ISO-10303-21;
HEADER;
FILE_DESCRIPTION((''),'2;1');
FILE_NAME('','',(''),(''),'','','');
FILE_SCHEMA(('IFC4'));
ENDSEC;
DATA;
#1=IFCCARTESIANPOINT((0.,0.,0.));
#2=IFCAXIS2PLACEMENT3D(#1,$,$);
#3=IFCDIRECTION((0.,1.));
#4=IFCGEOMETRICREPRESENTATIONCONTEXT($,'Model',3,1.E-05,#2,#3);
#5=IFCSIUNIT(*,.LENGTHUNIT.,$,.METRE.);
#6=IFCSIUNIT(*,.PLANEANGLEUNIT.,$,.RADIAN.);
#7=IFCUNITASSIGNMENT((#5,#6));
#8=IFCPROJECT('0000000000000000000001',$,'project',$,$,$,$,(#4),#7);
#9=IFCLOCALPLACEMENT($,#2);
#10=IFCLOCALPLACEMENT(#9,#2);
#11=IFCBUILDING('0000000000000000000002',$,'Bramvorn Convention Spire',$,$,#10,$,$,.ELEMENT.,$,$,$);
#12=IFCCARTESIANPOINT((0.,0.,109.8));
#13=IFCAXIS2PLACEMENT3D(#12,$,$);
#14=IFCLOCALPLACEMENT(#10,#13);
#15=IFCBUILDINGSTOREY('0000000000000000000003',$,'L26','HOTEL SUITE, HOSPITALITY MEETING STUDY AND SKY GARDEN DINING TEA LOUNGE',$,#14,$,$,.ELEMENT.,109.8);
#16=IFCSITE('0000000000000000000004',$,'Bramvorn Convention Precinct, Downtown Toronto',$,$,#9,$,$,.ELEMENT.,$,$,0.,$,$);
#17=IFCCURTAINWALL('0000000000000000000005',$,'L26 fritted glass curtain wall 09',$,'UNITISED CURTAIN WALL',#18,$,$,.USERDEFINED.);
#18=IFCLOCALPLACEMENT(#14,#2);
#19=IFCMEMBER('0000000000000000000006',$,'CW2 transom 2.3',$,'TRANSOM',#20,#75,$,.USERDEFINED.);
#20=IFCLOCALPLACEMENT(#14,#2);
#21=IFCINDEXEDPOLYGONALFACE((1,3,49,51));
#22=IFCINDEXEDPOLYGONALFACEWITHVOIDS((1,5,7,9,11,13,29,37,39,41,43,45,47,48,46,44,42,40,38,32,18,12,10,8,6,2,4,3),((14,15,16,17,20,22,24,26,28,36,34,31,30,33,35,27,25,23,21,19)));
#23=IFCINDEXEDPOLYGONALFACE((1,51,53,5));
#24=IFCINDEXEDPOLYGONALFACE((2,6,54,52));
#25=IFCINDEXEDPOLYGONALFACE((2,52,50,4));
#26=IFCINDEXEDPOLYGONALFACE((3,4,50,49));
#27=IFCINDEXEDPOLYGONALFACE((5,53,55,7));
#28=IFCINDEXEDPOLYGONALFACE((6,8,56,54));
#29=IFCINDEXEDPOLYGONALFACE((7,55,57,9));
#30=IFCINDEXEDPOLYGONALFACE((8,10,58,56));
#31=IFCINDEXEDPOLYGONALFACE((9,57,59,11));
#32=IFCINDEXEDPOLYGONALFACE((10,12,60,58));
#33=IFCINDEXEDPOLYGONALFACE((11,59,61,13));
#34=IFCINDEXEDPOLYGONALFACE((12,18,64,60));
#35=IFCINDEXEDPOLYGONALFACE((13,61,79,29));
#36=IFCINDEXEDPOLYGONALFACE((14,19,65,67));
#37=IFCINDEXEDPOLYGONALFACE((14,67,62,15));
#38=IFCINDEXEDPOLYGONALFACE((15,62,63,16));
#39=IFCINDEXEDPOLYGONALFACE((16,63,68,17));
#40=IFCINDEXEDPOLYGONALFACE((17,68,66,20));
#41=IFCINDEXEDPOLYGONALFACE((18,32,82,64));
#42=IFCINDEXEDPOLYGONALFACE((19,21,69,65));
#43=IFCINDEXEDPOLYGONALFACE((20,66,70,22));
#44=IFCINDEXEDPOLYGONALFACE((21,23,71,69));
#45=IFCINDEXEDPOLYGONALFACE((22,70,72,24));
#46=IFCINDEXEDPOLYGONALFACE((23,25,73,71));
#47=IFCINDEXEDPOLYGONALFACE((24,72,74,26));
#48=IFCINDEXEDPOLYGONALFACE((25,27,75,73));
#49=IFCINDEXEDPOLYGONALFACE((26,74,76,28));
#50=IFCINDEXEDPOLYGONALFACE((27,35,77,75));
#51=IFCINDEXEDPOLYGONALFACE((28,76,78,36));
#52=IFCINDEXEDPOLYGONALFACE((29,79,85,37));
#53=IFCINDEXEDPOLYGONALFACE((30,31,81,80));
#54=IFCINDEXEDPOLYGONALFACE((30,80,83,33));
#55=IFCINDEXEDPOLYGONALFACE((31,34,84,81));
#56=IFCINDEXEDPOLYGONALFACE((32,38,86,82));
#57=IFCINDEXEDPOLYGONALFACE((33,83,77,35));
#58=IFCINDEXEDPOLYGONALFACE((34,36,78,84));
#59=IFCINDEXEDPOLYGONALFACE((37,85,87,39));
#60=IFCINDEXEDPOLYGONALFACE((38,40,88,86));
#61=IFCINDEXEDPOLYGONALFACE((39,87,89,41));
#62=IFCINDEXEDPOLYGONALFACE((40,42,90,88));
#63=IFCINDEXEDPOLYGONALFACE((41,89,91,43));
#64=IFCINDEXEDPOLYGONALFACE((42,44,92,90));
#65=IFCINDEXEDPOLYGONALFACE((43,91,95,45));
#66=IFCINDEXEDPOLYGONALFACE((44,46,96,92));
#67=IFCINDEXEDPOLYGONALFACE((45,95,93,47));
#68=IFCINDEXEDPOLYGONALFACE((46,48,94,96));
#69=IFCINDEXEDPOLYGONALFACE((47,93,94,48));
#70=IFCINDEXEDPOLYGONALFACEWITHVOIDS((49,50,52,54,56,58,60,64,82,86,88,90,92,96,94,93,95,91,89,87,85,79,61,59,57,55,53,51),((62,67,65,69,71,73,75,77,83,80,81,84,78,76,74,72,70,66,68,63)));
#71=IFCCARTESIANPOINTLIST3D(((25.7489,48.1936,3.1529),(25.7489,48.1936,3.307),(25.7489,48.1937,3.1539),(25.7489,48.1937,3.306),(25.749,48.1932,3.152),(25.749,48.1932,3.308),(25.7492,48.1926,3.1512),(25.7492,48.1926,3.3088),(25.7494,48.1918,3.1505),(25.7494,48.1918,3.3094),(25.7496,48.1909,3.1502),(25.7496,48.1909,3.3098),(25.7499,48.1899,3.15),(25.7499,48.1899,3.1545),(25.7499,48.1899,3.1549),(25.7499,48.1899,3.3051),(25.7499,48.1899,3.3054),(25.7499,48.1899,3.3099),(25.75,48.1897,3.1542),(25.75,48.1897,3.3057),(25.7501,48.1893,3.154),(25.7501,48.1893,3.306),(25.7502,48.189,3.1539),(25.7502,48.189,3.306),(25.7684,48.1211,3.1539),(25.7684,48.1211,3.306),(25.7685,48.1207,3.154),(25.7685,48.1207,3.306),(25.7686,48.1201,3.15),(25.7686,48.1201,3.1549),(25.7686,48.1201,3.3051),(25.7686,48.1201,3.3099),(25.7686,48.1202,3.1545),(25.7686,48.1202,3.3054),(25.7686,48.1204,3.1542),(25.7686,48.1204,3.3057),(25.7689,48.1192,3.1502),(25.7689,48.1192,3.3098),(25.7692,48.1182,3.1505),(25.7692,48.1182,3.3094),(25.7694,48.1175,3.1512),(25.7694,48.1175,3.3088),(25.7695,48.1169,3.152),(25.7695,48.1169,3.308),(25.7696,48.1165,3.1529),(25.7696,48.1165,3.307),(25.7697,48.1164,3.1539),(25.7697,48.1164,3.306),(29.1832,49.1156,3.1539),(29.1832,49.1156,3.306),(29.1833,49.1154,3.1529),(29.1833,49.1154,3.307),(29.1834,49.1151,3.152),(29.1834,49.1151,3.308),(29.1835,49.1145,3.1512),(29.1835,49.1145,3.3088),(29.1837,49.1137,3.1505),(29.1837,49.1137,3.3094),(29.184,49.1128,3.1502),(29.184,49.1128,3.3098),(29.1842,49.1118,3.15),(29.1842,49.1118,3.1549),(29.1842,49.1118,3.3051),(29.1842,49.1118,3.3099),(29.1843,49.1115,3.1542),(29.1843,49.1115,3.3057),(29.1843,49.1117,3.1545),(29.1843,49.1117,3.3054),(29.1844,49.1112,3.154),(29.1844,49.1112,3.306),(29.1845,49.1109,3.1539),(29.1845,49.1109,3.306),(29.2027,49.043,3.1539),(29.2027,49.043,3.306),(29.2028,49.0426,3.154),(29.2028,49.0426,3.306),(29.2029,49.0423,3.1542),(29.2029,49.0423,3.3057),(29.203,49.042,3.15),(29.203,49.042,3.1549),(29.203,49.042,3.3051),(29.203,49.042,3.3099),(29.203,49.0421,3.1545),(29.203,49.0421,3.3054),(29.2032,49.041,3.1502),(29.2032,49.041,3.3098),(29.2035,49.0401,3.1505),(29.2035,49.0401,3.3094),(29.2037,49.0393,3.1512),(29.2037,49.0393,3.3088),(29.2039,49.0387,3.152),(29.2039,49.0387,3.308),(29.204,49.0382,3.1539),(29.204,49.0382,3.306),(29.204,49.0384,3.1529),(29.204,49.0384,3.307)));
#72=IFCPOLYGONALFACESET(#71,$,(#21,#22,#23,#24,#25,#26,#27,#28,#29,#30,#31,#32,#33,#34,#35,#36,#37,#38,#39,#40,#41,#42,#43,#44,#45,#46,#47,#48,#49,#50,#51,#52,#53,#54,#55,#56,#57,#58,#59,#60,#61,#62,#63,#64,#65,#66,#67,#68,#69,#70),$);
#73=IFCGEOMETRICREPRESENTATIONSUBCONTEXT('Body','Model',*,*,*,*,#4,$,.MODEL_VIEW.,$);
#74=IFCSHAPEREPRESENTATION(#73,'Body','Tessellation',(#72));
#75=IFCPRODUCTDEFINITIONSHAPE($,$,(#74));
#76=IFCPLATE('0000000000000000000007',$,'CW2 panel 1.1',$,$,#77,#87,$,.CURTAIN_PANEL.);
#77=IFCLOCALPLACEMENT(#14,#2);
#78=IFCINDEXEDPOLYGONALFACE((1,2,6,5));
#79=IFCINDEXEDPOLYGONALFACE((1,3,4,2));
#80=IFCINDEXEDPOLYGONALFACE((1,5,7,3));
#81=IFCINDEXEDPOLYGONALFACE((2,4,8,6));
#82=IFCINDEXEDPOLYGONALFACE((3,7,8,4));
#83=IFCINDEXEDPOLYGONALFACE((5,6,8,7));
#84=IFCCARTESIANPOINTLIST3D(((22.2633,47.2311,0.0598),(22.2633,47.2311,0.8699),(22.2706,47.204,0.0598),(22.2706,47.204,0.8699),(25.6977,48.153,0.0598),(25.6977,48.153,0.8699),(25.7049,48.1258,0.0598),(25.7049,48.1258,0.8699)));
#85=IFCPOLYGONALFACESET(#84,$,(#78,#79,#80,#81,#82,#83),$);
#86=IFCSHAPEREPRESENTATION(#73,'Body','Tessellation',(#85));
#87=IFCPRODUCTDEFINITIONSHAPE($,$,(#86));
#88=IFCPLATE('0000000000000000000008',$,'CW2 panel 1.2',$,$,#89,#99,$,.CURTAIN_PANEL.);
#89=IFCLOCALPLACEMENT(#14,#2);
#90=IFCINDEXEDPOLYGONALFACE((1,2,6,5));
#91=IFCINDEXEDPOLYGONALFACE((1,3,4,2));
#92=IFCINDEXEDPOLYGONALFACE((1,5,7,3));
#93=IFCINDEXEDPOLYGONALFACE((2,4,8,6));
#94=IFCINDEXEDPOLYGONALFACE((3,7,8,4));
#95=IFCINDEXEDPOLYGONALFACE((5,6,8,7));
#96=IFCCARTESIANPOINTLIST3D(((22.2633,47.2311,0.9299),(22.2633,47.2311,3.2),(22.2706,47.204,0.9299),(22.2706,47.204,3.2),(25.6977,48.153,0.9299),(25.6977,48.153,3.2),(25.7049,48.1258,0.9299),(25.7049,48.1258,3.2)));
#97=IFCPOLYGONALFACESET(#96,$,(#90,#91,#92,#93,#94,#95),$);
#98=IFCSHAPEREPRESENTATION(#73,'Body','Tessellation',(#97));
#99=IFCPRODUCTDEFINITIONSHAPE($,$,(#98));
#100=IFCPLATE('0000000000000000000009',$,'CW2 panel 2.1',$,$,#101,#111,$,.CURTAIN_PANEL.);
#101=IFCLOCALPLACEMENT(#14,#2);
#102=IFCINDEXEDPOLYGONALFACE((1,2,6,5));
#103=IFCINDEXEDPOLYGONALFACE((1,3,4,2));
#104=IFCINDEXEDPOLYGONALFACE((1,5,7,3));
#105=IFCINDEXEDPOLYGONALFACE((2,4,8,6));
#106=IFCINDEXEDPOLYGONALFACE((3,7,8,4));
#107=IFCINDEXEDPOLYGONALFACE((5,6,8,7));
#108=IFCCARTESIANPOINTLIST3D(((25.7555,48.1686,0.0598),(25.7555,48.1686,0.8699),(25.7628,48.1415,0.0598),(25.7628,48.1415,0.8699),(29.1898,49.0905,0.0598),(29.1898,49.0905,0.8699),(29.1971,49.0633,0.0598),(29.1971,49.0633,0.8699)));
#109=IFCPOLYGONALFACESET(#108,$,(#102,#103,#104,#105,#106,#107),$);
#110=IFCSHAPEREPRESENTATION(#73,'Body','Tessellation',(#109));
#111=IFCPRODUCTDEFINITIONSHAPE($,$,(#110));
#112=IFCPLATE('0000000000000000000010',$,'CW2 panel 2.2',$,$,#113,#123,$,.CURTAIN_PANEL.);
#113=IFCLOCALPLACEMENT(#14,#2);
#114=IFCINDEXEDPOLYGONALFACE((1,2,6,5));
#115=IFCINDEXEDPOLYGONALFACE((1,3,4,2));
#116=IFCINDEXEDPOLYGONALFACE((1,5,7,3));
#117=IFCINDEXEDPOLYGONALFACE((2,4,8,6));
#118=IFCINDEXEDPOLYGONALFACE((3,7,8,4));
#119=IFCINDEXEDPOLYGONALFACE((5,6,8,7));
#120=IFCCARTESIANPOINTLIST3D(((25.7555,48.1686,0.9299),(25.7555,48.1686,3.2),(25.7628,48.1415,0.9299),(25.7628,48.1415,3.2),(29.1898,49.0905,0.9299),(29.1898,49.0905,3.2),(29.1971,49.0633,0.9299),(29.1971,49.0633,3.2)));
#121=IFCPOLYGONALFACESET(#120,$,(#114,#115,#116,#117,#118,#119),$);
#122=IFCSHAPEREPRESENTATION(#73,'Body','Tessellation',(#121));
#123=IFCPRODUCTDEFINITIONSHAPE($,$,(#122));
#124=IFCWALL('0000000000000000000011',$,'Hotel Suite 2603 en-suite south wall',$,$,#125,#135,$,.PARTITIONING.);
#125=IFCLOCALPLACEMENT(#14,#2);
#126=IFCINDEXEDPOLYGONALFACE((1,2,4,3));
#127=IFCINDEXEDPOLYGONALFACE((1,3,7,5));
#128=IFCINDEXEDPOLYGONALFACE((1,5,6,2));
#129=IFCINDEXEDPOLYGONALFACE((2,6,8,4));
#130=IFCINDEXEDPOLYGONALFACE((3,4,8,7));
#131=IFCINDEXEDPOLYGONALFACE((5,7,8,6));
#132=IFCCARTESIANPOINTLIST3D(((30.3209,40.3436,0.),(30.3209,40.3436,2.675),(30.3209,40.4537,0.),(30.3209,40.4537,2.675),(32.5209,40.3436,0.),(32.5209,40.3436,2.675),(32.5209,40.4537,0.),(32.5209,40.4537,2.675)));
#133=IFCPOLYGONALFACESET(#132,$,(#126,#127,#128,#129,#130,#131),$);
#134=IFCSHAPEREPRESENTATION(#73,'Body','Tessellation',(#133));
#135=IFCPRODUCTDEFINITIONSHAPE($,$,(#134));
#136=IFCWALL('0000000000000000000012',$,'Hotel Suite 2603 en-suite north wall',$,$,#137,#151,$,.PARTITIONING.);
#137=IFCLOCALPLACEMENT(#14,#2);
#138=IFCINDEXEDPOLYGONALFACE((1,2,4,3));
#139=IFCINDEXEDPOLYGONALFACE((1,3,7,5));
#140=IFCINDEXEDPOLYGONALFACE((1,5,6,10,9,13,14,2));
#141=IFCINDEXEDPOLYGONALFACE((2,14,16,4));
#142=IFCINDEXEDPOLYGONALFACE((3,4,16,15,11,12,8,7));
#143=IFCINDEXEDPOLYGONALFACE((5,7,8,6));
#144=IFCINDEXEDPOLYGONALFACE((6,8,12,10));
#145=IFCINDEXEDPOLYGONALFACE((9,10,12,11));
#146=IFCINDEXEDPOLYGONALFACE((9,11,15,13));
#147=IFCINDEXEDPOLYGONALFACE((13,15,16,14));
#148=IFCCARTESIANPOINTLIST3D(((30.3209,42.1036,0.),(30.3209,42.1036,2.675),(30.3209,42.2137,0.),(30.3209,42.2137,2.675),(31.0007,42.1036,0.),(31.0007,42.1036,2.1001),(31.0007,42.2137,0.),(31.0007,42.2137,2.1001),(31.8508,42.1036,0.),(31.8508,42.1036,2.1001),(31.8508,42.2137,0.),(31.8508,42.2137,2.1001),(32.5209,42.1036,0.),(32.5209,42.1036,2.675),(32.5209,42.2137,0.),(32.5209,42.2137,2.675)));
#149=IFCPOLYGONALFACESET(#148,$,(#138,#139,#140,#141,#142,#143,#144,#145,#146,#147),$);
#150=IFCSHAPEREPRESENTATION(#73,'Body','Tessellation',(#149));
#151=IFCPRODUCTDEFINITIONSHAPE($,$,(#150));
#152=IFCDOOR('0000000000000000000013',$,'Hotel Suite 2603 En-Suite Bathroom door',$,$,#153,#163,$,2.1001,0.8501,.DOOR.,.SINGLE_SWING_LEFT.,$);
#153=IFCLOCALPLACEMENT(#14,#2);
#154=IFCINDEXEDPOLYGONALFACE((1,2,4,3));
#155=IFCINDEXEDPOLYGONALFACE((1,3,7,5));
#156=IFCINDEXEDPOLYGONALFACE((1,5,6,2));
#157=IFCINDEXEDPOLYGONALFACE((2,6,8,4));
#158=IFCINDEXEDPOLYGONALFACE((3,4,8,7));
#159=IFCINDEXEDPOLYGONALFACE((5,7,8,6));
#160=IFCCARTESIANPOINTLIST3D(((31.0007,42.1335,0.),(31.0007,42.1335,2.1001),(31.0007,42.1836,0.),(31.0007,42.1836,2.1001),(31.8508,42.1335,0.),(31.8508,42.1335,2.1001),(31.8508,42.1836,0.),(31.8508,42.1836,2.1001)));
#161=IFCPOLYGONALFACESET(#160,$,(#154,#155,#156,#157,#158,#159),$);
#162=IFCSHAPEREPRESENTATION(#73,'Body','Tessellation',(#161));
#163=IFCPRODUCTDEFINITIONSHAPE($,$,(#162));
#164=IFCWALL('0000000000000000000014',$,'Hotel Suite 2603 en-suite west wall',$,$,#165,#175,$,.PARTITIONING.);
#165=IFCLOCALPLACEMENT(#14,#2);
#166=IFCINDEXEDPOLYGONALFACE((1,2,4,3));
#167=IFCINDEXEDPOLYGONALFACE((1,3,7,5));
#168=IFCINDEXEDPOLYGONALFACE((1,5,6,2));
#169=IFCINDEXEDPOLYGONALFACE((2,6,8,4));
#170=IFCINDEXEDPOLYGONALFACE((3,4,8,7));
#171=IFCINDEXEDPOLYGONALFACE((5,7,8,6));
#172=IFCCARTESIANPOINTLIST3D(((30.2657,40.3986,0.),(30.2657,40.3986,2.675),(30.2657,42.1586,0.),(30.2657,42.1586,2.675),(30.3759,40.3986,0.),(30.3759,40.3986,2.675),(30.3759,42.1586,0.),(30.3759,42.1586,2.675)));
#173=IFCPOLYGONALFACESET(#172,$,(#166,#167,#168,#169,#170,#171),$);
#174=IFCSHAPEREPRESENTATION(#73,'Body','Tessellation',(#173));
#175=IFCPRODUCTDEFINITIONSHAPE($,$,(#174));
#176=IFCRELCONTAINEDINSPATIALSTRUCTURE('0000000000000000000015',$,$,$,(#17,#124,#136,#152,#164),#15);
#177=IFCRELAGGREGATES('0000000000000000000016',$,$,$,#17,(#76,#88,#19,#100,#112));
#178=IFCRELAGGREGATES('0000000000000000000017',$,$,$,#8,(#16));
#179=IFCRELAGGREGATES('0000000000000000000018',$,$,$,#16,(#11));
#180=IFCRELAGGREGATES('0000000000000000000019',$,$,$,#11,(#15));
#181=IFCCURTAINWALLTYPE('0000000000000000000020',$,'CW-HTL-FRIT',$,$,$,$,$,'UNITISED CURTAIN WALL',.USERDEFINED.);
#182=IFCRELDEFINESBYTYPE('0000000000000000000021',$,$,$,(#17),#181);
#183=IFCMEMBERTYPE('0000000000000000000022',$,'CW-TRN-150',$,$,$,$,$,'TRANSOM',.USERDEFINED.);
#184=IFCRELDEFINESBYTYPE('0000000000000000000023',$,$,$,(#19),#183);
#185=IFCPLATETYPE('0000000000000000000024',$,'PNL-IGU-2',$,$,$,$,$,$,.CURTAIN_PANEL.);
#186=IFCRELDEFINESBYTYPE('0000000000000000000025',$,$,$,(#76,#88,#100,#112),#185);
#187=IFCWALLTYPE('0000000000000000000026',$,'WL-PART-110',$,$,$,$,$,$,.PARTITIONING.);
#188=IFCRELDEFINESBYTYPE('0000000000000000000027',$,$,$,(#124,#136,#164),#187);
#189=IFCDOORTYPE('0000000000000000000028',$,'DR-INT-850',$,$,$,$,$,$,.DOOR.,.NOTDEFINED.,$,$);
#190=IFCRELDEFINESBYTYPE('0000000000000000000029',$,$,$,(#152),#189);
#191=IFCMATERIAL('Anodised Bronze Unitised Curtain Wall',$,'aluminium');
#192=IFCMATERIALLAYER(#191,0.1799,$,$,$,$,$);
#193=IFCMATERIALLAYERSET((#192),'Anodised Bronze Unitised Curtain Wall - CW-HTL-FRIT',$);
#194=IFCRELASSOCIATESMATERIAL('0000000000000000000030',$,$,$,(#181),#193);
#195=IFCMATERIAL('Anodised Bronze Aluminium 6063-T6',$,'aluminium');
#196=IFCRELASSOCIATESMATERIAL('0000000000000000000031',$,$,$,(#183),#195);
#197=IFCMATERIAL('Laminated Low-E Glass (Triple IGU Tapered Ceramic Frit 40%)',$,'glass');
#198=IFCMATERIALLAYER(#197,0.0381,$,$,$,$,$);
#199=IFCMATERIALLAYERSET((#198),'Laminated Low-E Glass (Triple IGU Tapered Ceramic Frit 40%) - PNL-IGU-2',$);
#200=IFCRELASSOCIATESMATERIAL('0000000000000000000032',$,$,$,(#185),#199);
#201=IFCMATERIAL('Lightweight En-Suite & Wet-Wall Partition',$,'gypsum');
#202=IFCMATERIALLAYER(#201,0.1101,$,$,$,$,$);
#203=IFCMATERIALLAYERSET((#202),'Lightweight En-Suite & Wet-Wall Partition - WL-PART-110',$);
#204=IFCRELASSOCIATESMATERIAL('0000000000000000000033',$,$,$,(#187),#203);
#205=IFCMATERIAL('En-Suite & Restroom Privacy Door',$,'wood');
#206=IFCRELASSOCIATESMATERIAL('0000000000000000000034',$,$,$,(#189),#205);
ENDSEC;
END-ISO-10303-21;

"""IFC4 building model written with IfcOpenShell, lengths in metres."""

from ifc_helpers import new_model, si_unit, direction, frame, frame_2d, origin, origin_2d, place, context, subcontext, project, spatial, rectangle, hollow_rectangle, extrude, material, layer, layer_set, material_profile, profile_set, type_object, element, fill, aggregate, save


model = new_model("IFC4")

# Units and contexts
model_context = context("Model", 3, precision=1e-05, world=origin(), true_north=direction((0.0, 1.0)))
body_context = subcontext(model_context, "Body", "Model", "MODEL_VIEW")
ifc_project = project(units=[si_unit("LENGTHUNIT", "METRE"), si_unit("PLANEANGLEUNIT", "RADIAN")], contexts=[model_context])

# Site, building, storey
site_placement = place(None, origin())
site = spatial("IfcSite", under=ifc_project, at=site_placement, Name="Bramvorn Convention Precinct, Downtown Toronto", CompositionType="ELEMENT", RefElevation=0.0)
building_placement = place(site_placement, origin())
building = spatial("IfcBuilding", under=site, at=building_placement, Name="Bramvorn Convention Spire", CompositionType="ELEMENT")
storey_placement = place(building_placement, frame((0.0, 0.0, 109.8)))
storey = spatial("IfcBuildingStorey", under=building, at=storey_placement, Name="L26", Description="HOTEL SUITE, HOSPITALITY MEETING STUDY AND SKY GARDEN DINING TEA LOUNGE", CompositionType="ELEMENT", Elevation=109.8)

# Shared definitions
ifc_material_1 = material(Name="Anodised Bronze Unitised Curtain Wall", Category="aluminium")
ifc_layer_1 = layer(ifc_material_1, 0.1799)
ifc_layer_set_1 = layer_set([ifc_layer_1], Name="Anodised Bronze Unitised Curtain Wall - CW-HTL-FRIT")
curtain_wall_type = type_object("IfcCurtainWallType", Name="CW-HTL-FRIT", ElementType="UNITISED CURTAIN WALL", PredefinedType="USERDEFINED", material=ifc_layer_set_1)
ifc_material_2 = material(Name="Anodised Bronze Aluminium 6063-T6", Category="aluminium")

# Curtain wall
curtain_wall_1_placement = place(storey_placement, origin())
curtain_wall_1 = element("IfcCurtainWall", 1, at=curtain_wall_1_placement, inside=storey, type_object=curtain_wall_type, Name="L26 fritted glass curtain wall 09", ObjectType="UNITISED CURTAIN WALL", PredefinedType="USERDEFINED")

# Member
ifc_material_profile_1 = material_profile(ifc_material_2, hollow_rectangle(XDim=0.0801, YDim=0.1599, WallThickness=0.0039, InnerFilletRadius=0.001, OuterFilletRadius=0.0039, at=origin_2d()))
ifc_profile_set_1 = profile_set([ifc_material_profile_1], Name="Anodised Bronze Aluminium 6063-T6 - CWT80X160")
member_type_1 = type_object("IfcMemberType", Name="CW-TRN-150", ElementType="TRANSOM", PredefinedType="USERDEFINED", material=ifc_profile_set_1)
member_1_placement = place(storey_placement, frame((25.7593, 48.155, 3.23), z_axis=(0.96581, 0.259252, 0.0), x_axis=(-0.259252, 0.96581, 0.0)))
member_1 = element("IfcMember", 2, at=member_1_placement, type_object=member_type_1, Name="CW2 transom 2.3", ObjectType="TRANSOM", PredefinedType="USERDEFINED", context=body_context, shape_type="SweptSolid", body=[
    extrude(hollow_rectangle(XDim=0.0801, YDim=0.1599, WallThickness=0.0039, InnerFilletRadius=0.001, OuterFilletRadius=0.0039, at=origin_2d()), origin(), (0.0, 0.0, 1.0), 3.5559),
])

# Plates
ifc_material_3 = material(Name="Laminated Low-E Glass (Triple IGU Tapered Ceramic Frit 40%)", Category="glass")
ifc_layer_2 = layer(ifc_material_3, 0.0381)
ifc_layer_set_2 = layer_set([ifc_layer_2], Name="Laminated Low-E Glass (Triple IGU Tapered Ceramic Frit 40%) - PNL-IGU-2")
plate_type = type_object("IfcPlateType", Name="PNL-IGU-2", PredefinedType="CURTAIN_PANEL", material=ifc_layer_set_2)
plate_1_placement = place(storey_placement, frame((23.9841, 47.6785, 0.0598), z_axis=(0.0, 0.0, 1.0), x_axis=(0.96581, 0.25925, 0.0)))
plate_1 = element("IfcPlate", 3, at=plate_1_placement, type_object=plate_type, Name="CW2 panel 1.1", PredefinedType="CURTAIN_PANEL", context=body_context, shape_type="SweptSolid", body=[
    extrude(rectangle(XDim=3.5559, YDim=0.0281, at=origin_2d()), origin(), (0.0, 0.0, 1.0), 0.8101),
])
plate_2_placement = place(storey_placement, frame((23.9841, 47.6785, 0.9299), z_axis=(0.0, 0.0, 1.0), x_axis=(0.96581, 0.25925, 0.0)))
plate_2 = element("IfcPlate", 4, at=plate_2_placement, type_object=plate_type, Name="CW2 panel 1.2", PredefinedType="CURTAIN_PANEL", context=body_context, shape_type="SweptSolid", body=[
    extrude(rectangle(XDim=3.5559, YDim=0.0281, at=origin_2d()), origin(), (0.0, 0.0, 1.0), 2.27),
])
plate_3_placement = place(storey_placement, frame((27.4763, 48.616, 0.0598), z_axis=(0.0, 0.0, 1.0), x_axis=(0.96581, 0.25925, 0.0)))
plate_3 = element("IfcPlate", 5, at=plate_3_placement, type_object=plate_type, Name="CW2 panel 2.1", PredefinedType="CURTAIN_PANEL", context=body_context, shape_type="SweptSolid", body=[
    extrude(rectangle(XDim=3.5559, YDim=0.0281, at=origin_2d()), origin(), (0.0, 0.0, 1.0), 0.8101),
])
plate_4_placement = place(storey_placement, frame((27.4763, 48.616, 0.9299), z_axis=(0.0, 0.0, 1.0), x_axis=(0.96581, 0.25925, 0.0)))
plate_4 = element("IfcPlate", 6, at=plate_4_placement, type_object=plate_type, Name="CW2 panel 2.2", PredefinedType="CURTAIN_PANEL", context=body_context, shape_type="SweptSolid", body=[
    extrude(rectangle(XDim=3.5559, YDim=0.0281, at=origin_2d()), origin(), (0.0, 0.0, 1.0), 2.27),
])
aggregate(curtain_wall_1, [plate_1, plate_2, member_1, plate_3, plate_4])

# Wall
ifc_material_4 = material(Name="Lightweight En-Suite & Wet-Wall Partition", Category="gypsum")
ifc_layer_3 = layer(ifc_material_4, 0.1101)
ifc_layer_set_3 = layer_set([ifc_layer_3], Name="Lightweight En-Suite & Wet-Wall Partition - WL-PART-110")
wall_type = type_object("IfcWallType", Name="WL-PART-110", PredefinedType="PARTITIONING", material=ifc_layer_set_3)
wall_1_placement = place(storey_placement, frame((30.3208, 40.3987, 0.0), z_axis=(0.0, 0.0, 1.0), x_axis=(1.0, 0.0, 0.0)))
element("IfcWall", 7, at=wall_1_placement, inside=storey, type_object=wall_type, Name="Hotel Suite 2603 en-suite south wall", PredefinedType="PARTITIONING", context=body_context, shape_type="SweptSolid", body=[
    extrude(rectangle(XDim=2.2, YDim=0.1101, at=frame_2d((1.1001, 0.0))), origin(), (0.0, 0.0, 1.0), 2.675),
])

# Wall, opening, door
wall_2_placement = place(storey_placement, frame((30.3208, 42.1587, 0.0), z_axis=(0.0, 0.0, 1.0), x_axis=(1.0, 0.0, 0.0)))
wall_2 = element("IfcWall", 8, at=wall_2_placement, inside=storey, type_object=wall_type, Name="Hotel Suite 2603 en-suite north wall", PredefinedType="PARTITIONING", context=body_context, shape_type="SweptSolid", body=[
    extrude(rectangle(XDim=2.2, YDim=0.1101, at=frame_2d((1.1001, 0.0))), origin(), (0.0, 0.0, 1.0), 2.675),
])
opening_placement = place(wall_2_placement, frame((0.6799, 0.0, 0.0)))
opening = element("IfcOpeningElement", 9, at=opening_placement, cuts=wall_2, PredefinedType="OPENING", context=body_context, shape_type="SweptSolid", body=[
    extrude(rectangle(XDim=0.8501, YDim=2.1001, at=frame_2d((0.425, 1.05))), frame((0.0, 0.0649, 0.0), z_axis=(0.0, -1.0, 0.0), x_axis=(1.0, 0.0, 0.0)), (0.0, 0.0, 1.0), 0.1301),
])
ifc_material_5 = material(Name="En-Suite & Restroom Privacy Door", Category="wood")
door_type = type_object("IfcDoorType", Name="DR-INT-850", OperationType="NOTDEFINED", PredefinedType="DOOR", material=ifc_material_5)
door_placement = place(opening_placement, origin())
door = element("IfcDoor", 10, at=door_placement, inside=storey, type_object=door_type, Name="Hotel Suite 2603 En-Suite Bathroom door", OperationType="SINGLE_SWING_LEFT", OverallHeight=2.1001, OverallWidth=0.8501, PredefinedType="DOOR", context=body_context, shape_type="SweptSolid", body=[
    extrude(rectangle(XDim=0.8501, YDim=2.1001, at=frame_2d((0.425, 1.05))), frame((0.0, 0.0249, 0.0), z_axis=(0.0, -1.0, 0.0), x_axis=(1.0, 0.0, 0.0)), (0.0, 0.0, 1.0), 0.05),
])
fill(opening, door)

# Wall
wall_3_placement = place(storey_placement, frame((30.3208, 40.3987, 0.0), z_axis=(0.0, 0.0, 1.0), x_axis=(0.0, 1.0, 0.0)))
element("IfcWall", 11, at=wall_3_placement, inside=storey, type_object=wall_type, Name="Hotel Suite 2603 en-suite west wall", PredefinedType="PARTITIONING", context=body_context, shape_type="SweptSolid", body=[
    extrude(rectangle(XDim=1.76, YDim=0.1101, at=frame_2d((0.8799, 0.0))), origin(), (0.0, 0.0, 1.0), 2.675),
])

save(model, "model.ifc")
